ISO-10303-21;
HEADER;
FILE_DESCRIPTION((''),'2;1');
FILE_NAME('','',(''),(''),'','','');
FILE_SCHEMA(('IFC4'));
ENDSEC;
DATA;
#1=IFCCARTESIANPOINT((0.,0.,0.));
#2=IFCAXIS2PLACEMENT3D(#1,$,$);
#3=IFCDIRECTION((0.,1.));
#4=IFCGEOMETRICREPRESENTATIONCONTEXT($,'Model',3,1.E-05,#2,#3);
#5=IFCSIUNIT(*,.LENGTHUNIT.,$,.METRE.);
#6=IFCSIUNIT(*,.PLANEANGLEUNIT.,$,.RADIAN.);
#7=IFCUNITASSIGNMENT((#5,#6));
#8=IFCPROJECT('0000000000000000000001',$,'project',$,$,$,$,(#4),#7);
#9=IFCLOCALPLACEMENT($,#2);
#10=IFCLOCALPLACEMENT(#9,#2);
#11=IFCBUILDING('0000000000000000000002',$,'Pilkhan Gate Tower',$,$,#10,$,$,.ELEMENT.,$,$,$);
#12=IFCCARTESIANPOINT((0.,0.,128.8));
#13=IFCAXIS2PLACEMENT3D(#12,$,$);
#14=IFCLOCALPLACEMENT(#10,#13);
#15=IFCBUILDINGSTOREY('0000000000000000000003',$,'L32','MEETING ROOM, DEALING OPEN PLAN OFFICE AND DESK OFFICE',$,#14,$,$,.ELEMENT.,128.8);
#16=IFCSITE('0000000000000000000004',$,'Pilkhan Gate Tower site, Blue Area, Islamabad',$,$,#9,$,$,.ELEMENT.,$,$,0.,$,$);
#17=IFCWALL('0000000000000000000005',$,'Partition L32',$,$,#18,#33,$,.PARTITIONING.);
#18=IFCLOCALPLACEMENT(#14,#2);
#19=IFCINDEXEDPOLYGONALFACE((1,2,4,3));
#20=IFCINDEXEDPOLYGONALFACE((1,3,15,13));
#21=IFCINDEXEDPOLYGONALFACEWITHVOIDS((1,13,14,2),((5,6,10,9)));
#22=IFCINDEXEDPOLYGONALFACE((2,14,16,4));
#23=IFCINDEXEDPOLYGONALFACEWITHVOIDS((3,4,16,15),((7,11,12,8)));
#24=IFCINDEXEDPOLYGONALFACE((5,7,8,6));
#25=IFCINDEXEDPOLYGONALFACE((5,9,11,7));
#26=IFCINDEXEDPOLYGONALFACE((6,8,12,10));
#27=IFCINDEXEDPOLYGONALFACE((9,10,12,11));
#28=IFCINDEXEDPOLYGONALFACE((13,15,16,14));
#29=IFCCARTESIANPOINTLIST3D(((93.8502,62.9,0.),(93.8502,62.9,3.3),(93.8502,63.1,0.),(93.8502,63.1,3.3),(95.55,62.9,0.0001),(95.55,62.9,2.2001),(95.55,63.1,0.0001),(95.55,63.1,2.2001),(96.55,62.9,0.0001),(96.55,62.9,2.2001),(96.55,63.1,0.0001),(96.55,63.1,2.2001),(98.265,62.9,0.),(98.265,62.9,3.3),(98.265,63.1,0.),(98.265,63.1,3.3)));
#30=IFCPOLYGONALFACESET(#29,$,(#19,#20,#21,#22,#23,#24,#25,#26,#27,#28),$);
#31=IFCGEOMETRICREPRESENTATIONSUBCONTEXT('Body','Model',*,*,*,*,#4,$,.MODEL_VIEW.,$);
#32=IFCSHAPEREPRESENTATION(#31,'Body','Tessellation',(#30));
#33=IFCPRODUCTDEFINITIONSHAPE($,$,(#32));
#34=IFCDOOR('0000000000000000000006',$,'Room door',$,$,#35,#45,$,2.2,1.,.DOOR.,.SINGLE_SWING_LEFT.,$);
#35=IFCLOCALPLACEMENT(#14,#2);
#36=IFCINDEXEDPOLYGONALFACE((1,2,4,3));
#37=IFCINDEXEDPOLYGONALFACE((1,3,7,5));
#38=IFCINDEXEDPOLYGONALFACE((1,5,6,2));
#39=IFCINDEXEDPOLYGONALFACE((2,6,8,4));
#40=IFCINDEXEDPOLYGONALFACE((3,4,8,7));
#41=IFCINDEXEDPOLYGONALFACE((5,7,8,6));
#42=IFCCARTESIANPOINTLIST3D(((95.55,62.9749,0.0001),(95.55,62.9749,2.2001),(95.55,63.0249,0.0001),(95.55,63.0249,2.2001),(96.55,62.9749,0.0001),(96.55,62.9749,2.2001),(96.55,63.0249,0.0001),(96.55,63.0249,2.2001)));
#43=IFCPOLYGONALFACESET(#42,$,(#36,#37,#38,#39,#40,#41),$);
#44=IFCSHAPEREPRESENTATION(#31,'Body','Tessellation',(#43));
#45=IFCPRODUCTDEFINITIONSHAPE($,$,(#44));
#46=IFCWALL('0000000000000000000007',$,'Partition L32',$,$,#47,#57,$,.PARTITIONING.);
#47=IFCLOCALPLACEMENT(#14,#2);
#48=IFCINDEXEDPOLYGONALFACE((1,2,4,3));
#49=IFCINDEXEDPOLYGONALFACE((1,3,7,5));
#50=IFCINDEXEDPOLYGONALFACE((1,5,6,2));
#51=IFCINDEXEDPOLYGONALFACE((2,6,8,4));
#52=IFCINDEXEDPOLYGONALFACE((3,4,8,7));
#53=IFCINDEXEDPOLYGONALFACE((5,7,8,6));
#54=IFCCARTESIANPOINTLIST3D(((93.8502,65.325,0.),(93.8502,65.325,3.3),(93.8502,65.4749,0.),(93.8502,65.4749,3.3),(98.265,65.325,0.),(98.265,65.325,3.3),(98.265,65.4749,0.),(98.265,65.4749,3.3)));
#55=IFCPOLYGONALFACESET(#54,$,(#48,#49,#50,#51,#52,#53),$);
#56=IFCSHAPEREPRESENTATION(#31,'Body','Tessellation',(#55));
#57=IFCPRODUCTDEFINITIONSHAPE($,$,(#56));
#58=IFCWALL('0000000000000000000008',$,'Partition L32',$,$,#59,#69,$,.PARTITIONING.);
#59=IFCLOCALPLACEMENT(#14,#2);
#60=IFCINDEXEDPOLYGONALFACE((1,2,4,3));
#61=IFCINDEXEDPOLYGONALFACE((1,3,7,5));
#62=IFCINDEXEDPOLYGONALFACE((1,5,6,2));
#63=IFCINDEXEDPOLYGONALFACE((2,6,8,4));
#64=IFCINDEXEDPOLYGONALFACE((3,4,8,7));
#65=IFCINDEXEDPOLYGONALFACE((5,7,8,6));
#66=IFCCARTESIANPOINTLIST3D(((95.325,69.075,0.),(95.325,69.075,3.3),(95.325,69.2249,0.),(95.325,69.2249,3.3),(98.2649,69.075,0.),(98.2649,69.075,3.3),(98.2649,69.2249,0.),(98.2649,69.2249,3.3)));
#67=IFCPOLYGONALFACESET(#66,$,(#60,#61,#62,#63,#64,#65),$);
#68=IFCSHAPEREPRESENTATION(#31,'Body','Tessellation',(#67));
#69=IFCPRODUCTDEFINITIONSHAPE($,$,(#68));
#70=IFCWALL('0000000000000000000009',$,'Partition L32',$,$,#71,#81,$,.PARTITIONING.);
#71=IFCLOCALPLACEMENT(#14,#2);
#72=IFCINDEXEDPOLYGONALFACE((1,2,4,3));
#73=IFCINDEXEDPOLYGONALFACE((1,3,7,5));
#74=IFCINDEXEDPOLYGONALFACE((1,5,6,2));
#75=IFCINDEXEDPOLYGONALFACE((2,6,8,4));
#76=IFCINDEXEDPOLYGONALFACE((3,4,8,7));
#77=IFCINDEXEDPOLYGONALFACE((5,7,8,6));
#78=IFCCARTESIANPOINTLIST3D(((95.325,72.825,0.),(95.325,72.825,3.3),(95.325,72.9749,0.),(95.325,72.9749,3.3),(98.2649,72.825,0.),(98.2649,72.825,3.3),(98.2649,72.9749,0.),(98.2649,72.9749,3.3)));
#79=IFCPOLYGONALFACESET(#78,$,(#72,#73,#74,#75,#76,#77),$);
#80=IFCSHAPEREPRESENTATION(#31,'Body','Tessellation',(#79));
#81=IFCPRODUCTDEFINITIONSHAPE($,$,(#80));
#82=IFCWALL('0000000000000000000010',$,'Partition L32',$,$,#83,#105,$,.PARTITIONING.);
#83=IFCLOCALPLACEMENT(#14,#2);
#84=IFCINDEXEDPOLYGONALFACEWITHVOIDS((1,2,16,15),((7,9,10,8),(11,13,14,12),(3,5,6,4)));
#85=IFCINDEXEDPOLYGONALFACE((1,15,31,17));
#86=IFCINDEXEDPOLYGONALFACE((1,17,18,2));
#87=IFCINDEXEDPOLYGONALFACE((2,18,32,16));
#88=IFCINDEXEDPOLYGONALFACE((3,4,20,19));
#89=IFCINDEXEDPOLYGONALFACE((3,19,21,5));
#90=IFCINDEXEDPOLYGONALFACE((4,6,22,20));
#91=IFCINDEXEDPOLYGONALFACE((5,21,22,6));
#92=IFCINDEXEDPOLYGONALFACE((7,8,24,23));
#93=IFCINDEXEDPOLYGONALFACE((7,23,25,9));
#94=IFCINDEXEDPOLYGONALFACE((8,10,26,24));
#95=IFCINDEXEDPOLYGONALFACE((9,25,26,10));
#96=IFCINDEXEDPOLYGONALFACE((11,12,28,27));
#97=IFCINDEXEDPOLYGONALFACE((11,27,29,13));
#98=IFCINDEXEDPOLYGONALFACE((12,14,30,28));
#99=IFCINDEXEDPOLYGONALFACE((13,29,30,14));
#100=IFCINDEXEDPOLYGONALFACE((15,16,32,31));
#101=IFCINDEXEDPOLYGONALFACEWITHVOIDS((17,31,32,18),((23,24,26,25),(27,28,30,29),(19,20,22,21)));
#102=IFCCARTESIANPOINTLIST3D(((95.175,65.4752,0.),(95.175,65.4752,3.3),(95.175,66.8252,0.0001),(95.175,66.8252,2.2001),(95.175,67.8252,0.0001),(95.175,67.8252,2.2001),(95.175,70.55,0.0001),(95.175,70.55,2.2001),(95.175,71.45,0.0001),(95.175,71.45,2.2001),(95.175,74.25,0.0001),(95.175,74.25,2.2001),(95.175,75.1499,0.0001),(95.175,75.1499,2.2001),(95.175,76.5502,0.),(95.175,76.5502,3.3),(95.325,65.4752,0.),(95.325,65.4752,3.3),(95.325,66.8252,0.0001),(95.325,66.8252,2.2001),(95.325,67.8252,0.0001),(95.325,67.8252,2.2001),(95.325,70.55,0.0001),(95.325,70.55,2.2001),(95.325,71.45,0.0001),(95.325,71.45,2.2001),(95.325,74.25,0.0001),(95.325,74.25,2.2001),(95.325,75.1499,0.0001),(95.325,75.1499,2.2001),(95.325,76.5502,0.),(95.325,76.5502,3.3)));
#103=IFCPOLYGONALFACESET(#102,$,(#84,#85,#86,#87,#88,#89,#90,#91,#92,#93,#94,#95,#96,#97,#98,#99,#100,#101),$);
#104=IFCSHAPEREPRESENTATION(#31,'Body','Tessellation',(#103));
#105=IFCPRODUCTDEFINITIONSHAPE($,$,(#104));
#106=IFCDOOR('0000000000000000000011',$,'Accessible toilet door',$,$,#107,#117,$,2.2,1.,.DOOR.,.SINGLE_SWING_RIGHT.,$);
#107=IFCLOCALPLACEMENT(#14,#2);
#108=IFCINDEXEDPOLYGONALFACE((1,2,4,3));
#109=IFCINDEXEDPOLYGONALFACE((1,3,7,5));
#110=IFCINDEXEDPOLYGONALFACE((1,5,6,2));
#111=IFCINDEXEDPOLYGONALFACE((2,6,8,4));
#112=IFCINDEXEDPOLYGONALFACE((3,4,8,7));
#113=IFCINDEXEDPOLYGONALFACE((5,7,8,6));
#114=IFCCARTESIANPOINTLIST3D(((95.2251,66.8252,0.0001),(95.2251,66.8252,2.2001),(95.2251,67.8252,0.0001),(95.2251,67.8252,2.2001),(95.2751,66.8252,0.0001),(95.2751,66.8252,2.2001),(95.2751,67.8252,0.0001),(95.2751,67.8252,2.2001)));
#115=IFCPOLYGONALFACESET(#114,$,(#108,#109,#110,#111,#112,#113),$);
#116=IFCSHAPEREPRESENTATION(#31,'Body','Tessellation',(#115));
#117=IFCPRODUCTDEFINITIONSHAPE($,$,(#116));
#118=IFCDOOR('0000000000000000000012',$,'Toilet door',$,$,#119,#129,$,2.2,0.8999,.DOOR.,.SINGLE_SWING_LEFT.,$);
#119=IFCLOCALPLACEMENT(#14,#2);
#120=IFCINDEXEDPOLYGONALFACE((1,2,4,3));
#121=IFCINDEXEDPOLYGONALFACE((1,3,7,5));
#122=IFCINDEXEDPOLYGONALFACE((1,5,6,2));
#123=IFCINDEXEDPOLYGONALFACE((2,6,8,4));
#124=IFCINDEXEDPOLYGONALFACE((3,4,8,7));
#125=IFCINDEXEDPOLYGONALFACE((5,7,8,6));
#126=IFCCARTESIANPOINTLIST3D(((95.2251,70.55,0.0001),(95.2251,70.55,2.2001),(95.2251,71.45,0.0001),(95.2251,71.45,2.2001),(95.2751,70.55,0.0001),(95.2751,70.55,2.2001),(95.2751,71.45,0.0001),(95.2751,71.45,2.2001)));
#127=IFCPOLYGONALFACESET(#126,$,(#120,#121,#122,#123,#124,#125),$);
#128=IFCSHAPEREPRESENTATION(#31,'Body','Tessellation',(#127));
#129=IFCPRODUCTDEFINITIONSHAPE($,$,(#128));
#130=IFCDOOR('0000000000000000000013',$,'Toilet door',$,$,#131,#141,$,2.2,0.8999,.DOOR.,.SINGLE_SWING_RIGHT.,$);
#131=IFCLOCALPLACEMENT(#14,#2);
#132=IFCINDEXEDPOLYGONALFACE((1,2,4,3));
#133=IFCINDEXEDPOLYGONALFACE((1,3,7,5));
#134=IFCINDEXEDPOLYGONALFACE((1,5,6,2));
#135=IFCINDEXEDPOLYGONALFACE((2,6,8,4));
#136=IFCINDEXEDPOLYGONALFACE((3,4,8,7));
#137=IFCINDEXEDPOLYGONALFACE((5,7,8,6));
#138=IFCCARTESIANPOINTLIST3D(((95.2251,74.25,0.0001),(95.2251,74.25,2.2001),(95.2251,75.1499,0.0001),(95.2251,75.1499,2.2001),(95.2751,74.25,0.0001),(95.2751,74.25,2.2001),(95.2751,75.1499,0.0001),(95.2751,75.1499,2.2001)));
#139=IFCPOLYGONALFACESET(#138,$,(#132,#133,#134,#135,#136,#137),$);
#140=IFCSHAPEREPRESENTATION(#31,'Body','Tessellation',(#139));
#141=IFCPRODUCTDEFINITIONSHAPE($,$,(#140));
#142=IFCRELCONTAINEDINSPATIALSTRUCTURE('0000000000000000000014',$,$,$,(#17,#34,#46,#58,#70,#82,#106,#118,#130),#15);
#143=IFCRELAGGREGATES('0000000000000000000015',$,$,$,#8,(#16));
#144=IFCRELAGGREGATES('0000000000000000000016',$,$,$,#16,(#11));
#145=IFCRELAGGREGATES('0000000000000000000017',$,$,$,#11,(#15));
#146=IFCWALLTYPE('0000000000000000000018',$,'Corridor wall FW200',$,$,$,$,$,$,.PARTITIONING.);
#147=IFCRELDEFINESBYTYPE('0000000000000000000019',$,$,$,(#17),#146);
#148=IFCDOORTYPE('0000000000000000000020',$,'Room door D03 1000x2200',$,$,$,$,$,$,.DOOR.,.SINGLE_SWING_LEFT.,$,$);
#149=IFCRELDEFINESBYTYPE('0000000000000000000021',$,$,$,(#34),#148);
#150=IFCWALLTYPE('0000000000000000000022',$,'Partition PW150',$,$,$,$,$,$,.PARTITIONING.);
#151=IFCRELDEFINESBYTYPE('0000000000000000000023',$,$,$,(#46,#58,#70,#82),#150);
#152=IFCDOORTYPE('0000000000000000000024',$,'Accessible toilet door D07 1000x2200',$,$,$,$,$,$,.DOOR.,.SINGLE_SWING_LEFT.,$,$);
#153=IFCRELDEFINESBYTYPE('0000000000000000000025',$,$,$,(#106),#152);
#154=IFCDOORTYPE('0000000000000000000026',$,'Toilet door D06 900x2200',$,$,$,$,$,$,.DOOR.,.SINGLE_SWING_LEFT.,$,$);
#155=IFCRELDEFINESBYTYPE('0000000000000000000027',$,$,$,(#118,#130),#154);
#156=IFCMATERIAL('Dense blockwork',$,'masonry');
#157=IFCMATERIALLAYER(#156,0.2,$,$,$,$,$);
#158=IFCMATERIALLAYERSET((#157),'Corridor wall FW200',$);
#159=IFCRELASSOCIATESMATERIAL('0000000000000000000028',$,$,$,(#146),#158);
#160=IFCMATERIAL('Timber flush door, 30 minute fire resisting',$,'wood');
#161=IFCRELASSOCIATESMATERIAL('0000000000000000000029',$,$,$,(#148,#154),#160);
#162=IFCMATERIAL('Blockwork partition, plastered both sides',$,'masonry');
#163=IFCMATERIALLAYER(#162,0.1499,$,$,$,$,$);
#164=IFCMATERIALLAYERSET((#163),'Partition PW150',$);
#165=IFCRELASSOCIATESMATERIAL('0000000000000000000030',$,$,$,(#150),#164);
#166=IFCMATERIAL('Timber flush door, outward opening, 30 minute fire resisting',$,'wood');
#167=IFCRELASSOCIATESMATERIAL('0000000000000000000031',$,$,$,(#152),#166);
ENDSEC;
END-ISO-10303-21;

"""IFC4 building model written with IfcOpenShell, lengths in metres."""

from ifc_helpers import new_model, si_unit, direction, frame, frame_2d, origin, place, context, subcontext, project, spatial, rectangle, extrude, material, layer, layer_set, type_object, element, fill, save


model = new_model("IFC4")

# Units and contexts
model_context = context("Model", 3, precision=1e-05, world=origin(), true_north=direction((0.0, 1.0)))
body_context = subcontext(model_context, "Body", "Model", "MODEL_VIEW")
ifc_project = project(units=[si_unit("LENGTHUNIT", "METRE"), si_unit("PLANEANGLEUNIT", "RADIAN")], contexts=[model_context])

# Site, building, storey
site_placement = place(None, origin())
site = spatial("IfcSite", under=ifc_project, at=site_placement, Name="Pilkhan Gate Tower site, Blue Area, Islamabad", CompositionType="ELEMENT", RefElevation=0.0)
building_placement = place(site_placement, origin())
building = spatial("IfcBuilding", under=site, at=building_placement, Name="Pilkhan Gate Tower", CompositionType="ELEMENT")
storey_placement = place(building_placement, frame((0.0, 0.0, 128.8)))
storey = spatial("IfcBuildingStorey", under=building, at=storey_placement, Name="L32", Description="MEETING ROOM, DEALING OPEN PLAN OFFICE AND DESK OFFICE", CompositionType="ELEMENT", Elevation=128.8)

# Wall, opening, door
ifc_material_1 = material(Name="Dense blockwork", Category="masonry")
ifc_layer_1 = layer(ifc_material_1, 0.2)
ifc_layer_set_1 = layer_set([ifc_layer_1], Name="Corridor wall FW200")
wall_type_1 = type_object("IfcWallType", Name="Corridor wall FW200", PredefinedType="PARTITIONING", material=ifc_layer_set_1)
wall_1_placement = place(storey_placement, frame((93.8501, 63.0, 0.0), z_axis=(0.0, 0.0, 1.0), x_axis=(1.0, 0.0, 0.0)))
wall_1 = element("IfcWall", 1, at=wall_1_placement, inside=storey, type_object=wall_type_1, Name="Partition L32", PredefinedType="PARTITIONING", context=body_context, shape_type="SweptSolid", body=[
    extrude(rectangle(XDim=4.4148, YDim=0.2, at=frame_2d((2.2075, 0.0))), origin(), (0.0, 0.0, 1.0), 3.3),
])
opening_1_placement = place(wall_1_placement, frame((1.7, 0.0, 0.0)))
opening_1 = element("IfcOpeningElement", 2, at=opening_1_placement, cuts=wall_1, PredefinedType="OPENING", context=body_context, shape_type="SweptSolid", body=[
    extrude(rectangle(XDim=1.0, YDim=2.2, at=frame_2d((0.5, 1.1001))), frame((0.0, 0.1099, 0.0), z_axis=(0.0, -1.0, 0.0), x_axis=(1.0, 0.0, 0.0)), (0.0, 0.0, 1.0), 0.22),
])
ifc_material_2 = material(Name="Timber flush door, 30 minute fire resisting", Category="wood")
door_type_1 = type_object("IfcDoorType", Name="Room door D03 1000x2200", OperationType="SINGLE_SWING_LEFT", PredefinedType="DOOR", material=ifc_material_2)
door_1_placement = place(opening_1_placement, origin())
door_1 = element("IfcDoor", 3, at=door_1_placement, inside=storey, type_object=door_type_1, Name="Room door", OperationType="SINGLE_SWING_LEFT", OverallHeight=2.2, OverallWidth=1.0, PredefinedType="DOOR", context=body_context, shape_type="SweptSolid", body=[
    extrude(rectangle(XDim=1.0, YDim=2.2, at=frame_2d((0.5, 1.1001))), frame((0.0, 0.0249, 0.0), z_axis=(0.0, -1.0, 0.0), x_axis=(1.0, 0.0, 0.0)), (0.0, 0.0, 1.0), 0.05),
])
fill(opening_1, door_1)

# Walls
ifc_material_3 = material(Name="Blockwork partition, plastered both sides", Category="masonry")
ifc_layer_2 = layer(ifc_material_3, 0.1499)
ifc_layer_set_2 = layer_set([ifc_layer_2], Name="Partition PW150")
wall_type_2 = type_object("IfcWallType", Name="Partition PW150", PredefinedType="PARTITIONING", material=ifc_layer_set_2)
wall_2_placement = place(storey_placement, frame((93.8501, 65.3999, 0.0), z_axis=(0.0, 0.0, 1.0), x_axis=(1.0, 0.0, 0.0)))
element("IfcWall", 4, at=wall_2_placement, inside=storey, type_object=wall_type_2, Name="Partition L32", PredefinedType="PARTITIONING", context=body_context, shape_type="SweptSolid", body=[
    extrude(rectangle(XDim=4.4148, YDim=0.1499, at=frame_2d((2.2075, 0.0))), origin(), (0.0, 0.0, 1.0), 3.3),
])
for number, where, z_axis, x_axis, name in (
    (5, (95.325, 69.1499, 0.0), (0.0, 0.0, 1.0), (1.0, 0.0, 0.0), "Partition L32"),
    (6, (95.325, 72.8999, 0.0), (0.0, 0.0, 1.0), (1.0, 0.0, 0.0), "Partition L32"),
):
    element("IfcWall", number, at=place(storey_placement, frame(where, z_axis=z_axis, x_axis=x_axis)), inside=storey, type_object=wall_type_2, Name=name, PredefinedType="PARTITIONING", context=body_context, shape_type="SweptSolid", body=[
        extrude(rectangle(XDim=2.9399, YDim=0.1499, at=frame_2d((1.47, 0.0))), origin(), (0.0, 0.0, 1.0), 3.3),
    ])

# Wall, openings, doors
wall_3_placement = place(storey_placement, frame((95.25, 65.4751, 0.0), z_axis=(0.0, 0.0, 1.0), x_axis=(0.0, 1.0, 0.0)))
wall_3 = element("IfcWall", 7, at=wall_3_placement, inside=storey, type_object=wall_type_2, Name="Partition L32", PredefinedType="PARTITIONING", context=body_context, shape_type="SweptSolid", body=[
    extrude(rectangle(XDim=11.075, YDim=0.1499, at=frame_2d((5.5376, 0.0))), origin(), (0.0, 0.0, 1.0), 3.3),
])
opening_2_placement = place(wall_3_placement, frame((1.3501, 0.0, 0.0)))
opening_2 = element("IfcOpeningElement", 8, at=opening_2_placement, cuts=wall_3, PredefinedType="OPENING", context=body_context, shape_type="SweptSolid", body=[
    extrude(rectangle(XDim=1.0, YDim=2.2, at=frame_2d((0.5, 1.1001))), frame((0.0, 0.085, 0.0), z_axis=(0.0, -1.0, 0.0), x_axis=(1.0, 0.0, 0.0)), (0.0, 0.0, 1.0), 0.1699),
])
opening_3_placement = place(wall_3_placement, frame((5.075, 0.0, 0.0)))
opening_3 = element("IfcOpeningElement", 9, at=opening_3_placement, cuts=wall_3, PredefinedType="OPENING", context=body_context, shape_type="SweptSolid", body=[
    extrude(rectangle(XDim=0.8999, YDim=2.2, at=frame_2d((0.45, 1.1001))), frame((0.0, 0.085, 0.0), z_axis=(0.0, -1.0, 0.0), x_axis=(1.0, 0.0, 0.0)), (0.0, 0.0, 1.0), 0.1699),
])
opening_4_placement = place(wall_3_placement, frame((8.7749, 0.0, 0.0)))
opening_4 = element("IfcOpeningElement", 10, at=opening_4_placement, cuts=wall_3, PredefinedType="OPENING", context=body_context, shape_type="SweptSolid", body=[
    extrude(rectangle(XDim=0.8999, YDim=2.2, at=frame_2d((0.45, 1.1001))), frame((0.0, 0.085, 0.0), z_axis=(0.0, -1.0, 0.0), x_axis=(1.0, 0.0, 0.0)), (0.0, 0.0, 1.0), 0.1699),
])
ifc_material_4 = material(Name="Timber flush door, outward opening, 30 minute fire resisting", Category="wood")
door_type_2 = type_object("IfcDoorType", Name="Accessible toilet door D07 1000x2200", OperationType="SINGLE_SWING_LEFT", PredefinedType="DOOR", material=ifc_material_4)
door_2_placement = place(opening_2_placement, origin())
door_2 = element("IfcDoor", 11, at=door_2_placement, inside=storey, type_object=door_type_2, Name="Accessible toilet door", OperationType="SINGLE_SWING_RIGHT", OverallHeight=2.2, OverallWidth=1.0, PredefinedType="DOOR", context=body_context, shape_type="SweptSolid", body=[
    extrude(rectangle(XDim=1.0, YDim=2.2, at=frame_2d((0.5, 1.1001))), frame((0.0, 0.0249, 0.0), z_axis=(0.0, -1.0, 0.0), x_axis=(1.0, 0.0, 0.0)), (0.0, 0.0, 1.0), 0.05),
])
fill(opening_2, door_2)
door_type_3 = type_object("IfcDoorType", Name="Toilet door D06 900x2200", OperationType="SINGLE_SWING_LEFT", PredefinedType="DOOR", material=ifc_material_2)
door_3_placement = place(opening_3_placement, origin())
door_3 = element("IfcDoor", 12, at=door_3_placement, inside=storey, type_object=door_type_3, Name="Toilet door", OperationType="SINGLE_SWING_LEFT", OverallHeight=2.2, OverallWidth=0.8999, PredefinedType="DOOR", context=body_context, shape_type="SweptSolid", body=[
    extrude(rectangle(XDim=0.8999, YDim=2.2, at=frame_2d((0.45, 1.1001))), frame((0.0, 0.0249, 0.0), z_axis=(0.0, -1.0, 0.0), x_axis=(1.0, 0.0, 0.0)), (0.0, 0.0, 1.0), 0.05),
])
fill(opening_3, door_3)
door_4_placement = place(opening_4_placement, origin())
door_4 = element("IfcDoor", 13, at=door_4_placement, inside=storey, type_object=door_type_3, Name="Toilet door", OperationType="SINGLE_SWING_RIGHT", OverallHeight=2.2, OverallWidth=0.8999, PredefinedType="DOOR", context=body_context, shape_type="SweptSolid", body=[
    extrude(rectangle(XDim=0.8999, YDim=2.2, at=frame_2d((0.45, 1.1001))), frame((0.0, 0.0249, 0.0), z_axis=(0.0, -1.0, 0.0), x_axis=(1.0, 0.0, 0.0)), (0.0, 0.0, 1.0), 0.05),
])
fill(opening_4, door_4)

save(model, "model.ifc")
